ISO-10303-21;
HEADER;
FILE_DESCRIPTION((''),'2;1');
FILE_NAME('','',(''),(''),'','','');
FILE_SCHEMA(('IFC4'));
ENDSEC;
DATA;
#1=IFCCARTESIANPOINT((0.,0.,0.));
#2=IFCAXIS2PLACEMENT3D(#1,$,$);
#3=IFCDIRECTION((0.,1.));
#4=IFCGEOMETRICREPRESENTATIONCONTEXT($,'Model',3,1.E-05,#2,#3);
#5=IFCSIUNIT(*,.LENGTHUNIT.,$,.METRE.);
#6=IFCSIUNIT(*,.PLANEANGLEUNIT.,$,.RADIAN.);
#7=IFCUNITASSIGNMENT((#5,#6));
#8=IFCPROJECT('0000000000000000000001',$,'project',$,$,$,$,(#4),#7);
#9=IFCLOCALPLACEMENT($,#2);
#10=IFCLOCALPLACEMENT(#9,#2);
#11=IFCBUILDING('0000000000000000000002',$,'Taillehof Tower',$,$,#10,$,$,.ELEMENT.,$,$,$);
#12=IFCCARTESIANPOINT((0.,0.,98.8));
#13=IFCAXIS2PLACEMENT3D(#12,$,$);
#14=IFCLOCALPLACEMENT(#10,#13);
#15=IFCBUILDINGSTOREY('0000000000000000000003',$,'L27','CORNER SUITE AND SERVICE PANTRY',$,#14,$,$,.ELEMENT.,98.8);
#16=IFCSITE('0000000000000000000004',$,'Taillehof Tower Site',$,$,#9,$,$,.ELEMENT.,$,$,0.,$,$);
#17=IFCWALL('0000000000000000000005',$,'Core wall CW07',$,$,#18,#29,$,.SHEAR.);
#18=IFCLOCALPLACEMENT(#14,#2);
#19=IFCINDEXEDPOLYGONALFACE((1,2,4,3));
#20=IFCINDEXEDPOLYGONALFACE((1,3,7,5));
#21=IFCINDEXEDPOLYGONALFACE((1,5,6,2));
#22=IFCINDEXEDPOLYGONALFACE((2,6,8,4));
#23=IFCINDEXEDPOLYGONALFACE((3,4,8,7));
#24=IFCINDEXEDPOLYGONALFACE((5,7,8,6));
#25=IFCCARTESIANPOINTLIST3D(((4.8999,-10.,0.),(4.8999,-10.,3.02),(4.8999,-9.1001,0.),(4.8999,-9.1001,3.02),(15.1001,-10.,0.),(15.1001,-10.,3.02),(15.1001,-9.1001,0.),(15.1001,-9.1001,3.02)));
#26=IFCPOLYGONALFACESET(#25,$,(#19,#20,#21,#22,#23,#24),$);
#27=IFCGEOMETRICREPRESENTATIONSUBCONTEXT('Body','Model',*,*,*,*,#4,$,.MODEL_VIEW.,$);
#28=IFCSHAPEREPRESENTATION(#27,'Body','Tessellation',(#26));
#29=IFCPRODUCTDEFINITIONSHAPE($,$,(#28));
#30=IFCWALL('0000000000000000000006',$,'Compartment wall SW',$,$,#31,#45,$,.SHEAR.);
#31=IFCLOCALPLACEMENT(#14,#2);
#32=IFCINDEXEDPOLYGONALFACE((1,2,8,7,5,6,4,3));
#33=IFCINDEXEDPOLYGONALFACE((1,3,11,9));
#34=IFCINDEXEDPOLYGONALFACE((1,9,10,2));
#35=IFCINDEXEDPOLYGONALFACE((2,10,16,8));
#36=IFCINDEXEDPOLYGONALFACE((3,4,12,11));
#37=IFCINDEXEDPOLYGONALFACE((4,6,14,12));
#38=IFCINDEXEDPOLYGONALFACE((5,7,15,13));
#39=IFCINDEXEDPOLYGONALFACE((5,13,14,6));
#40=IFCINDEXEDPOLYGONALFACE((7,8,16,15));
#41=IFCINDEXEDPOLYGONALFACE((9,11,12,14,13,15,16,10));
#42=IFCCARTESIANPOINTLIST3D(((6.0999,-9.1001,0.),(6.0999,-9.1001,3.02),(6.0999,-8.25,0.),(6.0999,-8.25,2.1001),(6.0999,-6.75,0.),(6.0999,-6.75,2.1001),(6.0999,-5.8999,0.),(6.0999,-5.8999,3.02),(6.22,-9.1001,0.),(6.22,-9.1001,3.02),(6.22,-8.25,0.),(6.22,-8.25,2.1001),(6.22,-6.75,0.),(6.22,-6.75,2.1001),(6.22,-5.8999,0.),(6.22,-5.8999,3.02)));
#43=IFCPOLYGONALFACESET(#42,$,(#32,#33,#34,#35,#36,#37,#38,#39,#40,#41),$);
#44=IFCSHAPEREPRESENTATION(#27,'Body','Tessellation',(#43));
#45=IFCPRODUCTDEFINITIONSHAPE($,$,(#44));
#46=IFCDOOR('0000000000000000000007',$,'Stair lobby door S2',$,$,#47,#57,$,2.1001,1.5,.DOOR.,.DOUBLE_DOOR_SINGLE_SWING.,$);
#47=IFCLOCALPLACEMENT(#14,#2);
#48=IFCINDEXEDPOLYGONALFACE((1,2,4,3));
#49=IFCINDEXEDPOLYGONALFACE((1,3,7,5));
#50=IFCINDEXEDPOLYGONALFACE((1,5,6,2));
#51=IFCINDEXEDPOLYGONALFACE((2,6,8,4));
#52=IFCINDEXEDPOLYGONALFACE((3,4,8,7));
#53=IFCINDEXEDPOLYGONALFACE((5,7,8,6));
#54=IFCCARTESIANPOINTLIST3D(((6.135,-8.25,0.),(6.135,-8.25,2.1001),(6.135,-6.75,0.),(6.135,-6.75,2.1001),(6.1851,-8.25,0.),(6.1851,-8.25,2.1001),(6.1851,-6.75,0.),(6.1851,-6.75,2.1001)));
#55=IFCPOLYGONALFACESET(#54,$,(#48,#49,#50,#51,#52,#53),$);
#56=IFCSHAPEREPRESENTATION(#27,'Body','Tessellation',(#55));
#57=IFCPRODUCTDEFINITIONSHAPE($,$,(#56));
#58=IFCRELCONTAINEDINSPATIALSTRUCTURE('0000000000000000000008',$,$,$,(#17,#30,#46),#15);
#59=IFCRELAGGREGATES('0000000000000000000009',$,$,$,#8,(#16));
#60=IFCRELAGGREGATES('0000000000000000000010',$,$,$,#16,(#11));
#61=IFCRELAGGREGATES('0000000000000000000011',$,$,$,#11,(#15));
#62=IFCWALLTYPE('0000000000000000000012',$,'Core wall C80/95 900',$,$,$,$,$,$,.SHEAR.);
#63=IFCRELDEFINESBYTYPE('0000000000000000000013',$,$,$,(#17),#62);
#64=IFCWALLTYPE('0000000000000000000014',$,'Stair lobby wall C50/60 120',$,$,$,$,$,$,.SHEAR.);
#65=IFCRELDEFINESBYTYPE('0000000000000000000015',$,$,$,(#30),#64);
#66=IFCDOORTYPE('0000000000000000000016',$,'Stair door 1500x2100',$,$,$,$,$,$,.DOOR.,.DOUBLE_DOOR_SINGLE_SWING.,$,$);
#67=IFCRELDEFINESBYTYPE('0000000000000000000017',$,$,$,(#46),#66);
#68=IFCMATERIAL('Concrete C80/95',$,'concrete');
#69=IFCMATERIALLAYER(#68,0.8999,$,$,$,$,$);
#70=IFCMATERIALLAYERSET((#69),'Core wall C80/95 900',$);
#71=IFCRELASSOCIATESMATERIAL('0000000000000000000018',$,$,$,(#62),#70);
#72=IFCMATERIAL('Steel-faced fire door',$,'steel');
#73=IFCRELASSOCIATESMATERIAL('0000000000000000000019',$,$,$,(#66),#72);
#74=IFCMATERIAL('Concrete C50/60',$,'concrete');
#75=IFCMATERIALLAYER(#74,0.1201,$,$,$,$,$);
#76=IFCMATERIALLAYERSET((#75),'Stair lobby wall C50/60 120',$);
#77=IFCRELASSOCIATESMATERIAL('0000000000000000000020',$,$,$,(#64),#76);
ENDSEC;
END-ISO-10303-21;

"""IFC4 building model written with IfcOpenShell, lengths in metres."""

from ifc_helpers import new_model, si_unit, direction, frame, frame_2d, origin, place, context, subcontext, project, spatial, rectangle, extrude, material, layer, layer_set, type_object, element, fill, save


model = new_model("IFC4")

# Units and contexts
model_context = context("Model", 3, precision=1e-05, world=origin(), true_north=direction((0.0, 1.0)))
body_context = subcontext(model_context, "Body", "Model", "MODEL_VIEW")
ifc_project = project(units=[si_unit("LENGTHUNIT", "METRE"), si_unit("PLANEANGLEUNIT", "RADIAN")], contexts=[model_context])

# Site, building, storey
site_placement = place(None, origin())
site = spatial("IfcSite", under=ifc_project, at=site_placement, Name="Taillehof Tower Site", CompositionType="ELEMENT", RefElevation=0.0)
building_placement = place(site_placement, origin())
building = spatial("IfcBuilding", under=site, at=building_placement, Name="Taillehof Tower", CompositionType="ELEMENT")
storey_placement = place(building_placement, frame((0.0, 0.0, 98.8)))
storey = spatial("IfcBuildingStorey", under=building, at=storey_placement, Name="L27", Description="CORNER SUITE AND SERVICE PANTRY", CompositionType="ELEMENT", Elevation=98.8)

# Shared definitions
ifc_material_1 = material(Name="Concrete C80/95", Category="concrete")
ifc_layer_1 = layer(ifc_material_1, 0.8999)
ifc_layer_set_1 = layer_set([ifc_layer_1], Name="Core wall C80/95 900")
wall_type_1 = type_object("IfcWallType", Name="Core wall C80/95 900", PredefinedType="SHEAR", material=ifc_layer_set_1)
ifc_material_2 = material(Name="Steel-faced fire door", Category="steel")
door_type_1 = type_object("IfcDoorType", Name="Stair door 1500x2100", OperationType="DOUBLE_DOOR_SINGLE_SWING", PredefinedType="DOOR", material=ifc_material_2)

# Wall
wall_1_placement = place(storey_placement, frame((4.8999, -9.55, 0.0), z_axis=(0.0, 0.0, 1.0), x_axis=(1.0, 0.0, 0.0)))
element("IfcWall", 1, at=wall_1_placement, inside=storey, type_object=wall_type_1, Name="Core wall CW07", PredefinedType="SHEAR", context=body_context, shape_type="SweptSolid", body=[
    extrude(rectangle(XDim=10.2002, YDim=0.8999, at=frame_2d((5.1001, 0.0))), origin(), (0.0, 0.0, 1.0), 3.02),
])

# Wall, opening, door
ifc_material_3 = material(Name="Concrete C50/60", Category="concrete")
ifc_layer_2 = layer(ifc_material_3, 0.1201)
ifc_layer_set_2 = layer_set([ifc_layer_2], Name="Stair lobby wall C50/60 120")
wall_type_2 = type_object("IfcWallType", Name="Stair lobby wall C50/60 120", PredefinedType="SHEAR", material=ifc_layer_set_2)
wall_2_placement = place(storey_placement, frame((6.1599, -9.1001, 0.0), z_axis=(0.0, 0.0, 1.0), x_axis=(0.0, 1.0, 0.0)))
wall_2 = element("IfcWall", 2, at=wall_2_placement, inside=storey, type_object=wall_type_2, Name="Compartment wall SW", PredefinedType="SHEAR", context=body_context, shape_type="SweptSolid", body=[
    extrude(rectangle(XDim=3.2002, YDim=0.1201, at=frame_2d((1.6001, 0.0))), origin(), (0.0, 0.0, 1.0), 3.02),
])
opening_1_placement = place(wall_2_placement, frame((0.8501, 0.0, 0.0)))
opening_1 = element("IfcOpeningElement", 3, at=opening_1_placement, cuts=wall_2, PredefinedType="OPENING", context=body_context, shape_type="SweptSolid", body=[
    extrude(rectangle(XDim=1.5, YDim=2.1001, at=frame_2d((0.75, 1.05))), frame((0.0, 0.0701, 0.0), z_axis=(0.0, -1.0, 0.0), x_axis=(1.0, 0.0, 0.0)), (0.0, 0.0, 1.0), 0.1401),
])
door_1_placement = place(opening_1_placement, origin())
door_1 = element("IfcDoor", 4, at=door_1_placement, inside=storey, type_object=door_type_1, Name="Stair lobby door S2", OperationType="DOUBLE_DOOR_SINGLE_SWING", OverallHeight=2.1001, OverallWidth=1.5, PredefinedType="DOOR", context=body_context, shape_type="SweptSolid", body=[
    extrude(rectangle(XDim=1.5, YDim=2.1001, at=frame_2d((0.75, 1.05))), frame((0.0, 0.0249, 0.0), z_axis=(0.0, -1.0, 0.0), x_axis=(1.0, 0.0, 0.0)), (0.0, 0.0, 1.0), 0.05),
])
fill(opening_1, door_1)

save(model, "model.ifc")
